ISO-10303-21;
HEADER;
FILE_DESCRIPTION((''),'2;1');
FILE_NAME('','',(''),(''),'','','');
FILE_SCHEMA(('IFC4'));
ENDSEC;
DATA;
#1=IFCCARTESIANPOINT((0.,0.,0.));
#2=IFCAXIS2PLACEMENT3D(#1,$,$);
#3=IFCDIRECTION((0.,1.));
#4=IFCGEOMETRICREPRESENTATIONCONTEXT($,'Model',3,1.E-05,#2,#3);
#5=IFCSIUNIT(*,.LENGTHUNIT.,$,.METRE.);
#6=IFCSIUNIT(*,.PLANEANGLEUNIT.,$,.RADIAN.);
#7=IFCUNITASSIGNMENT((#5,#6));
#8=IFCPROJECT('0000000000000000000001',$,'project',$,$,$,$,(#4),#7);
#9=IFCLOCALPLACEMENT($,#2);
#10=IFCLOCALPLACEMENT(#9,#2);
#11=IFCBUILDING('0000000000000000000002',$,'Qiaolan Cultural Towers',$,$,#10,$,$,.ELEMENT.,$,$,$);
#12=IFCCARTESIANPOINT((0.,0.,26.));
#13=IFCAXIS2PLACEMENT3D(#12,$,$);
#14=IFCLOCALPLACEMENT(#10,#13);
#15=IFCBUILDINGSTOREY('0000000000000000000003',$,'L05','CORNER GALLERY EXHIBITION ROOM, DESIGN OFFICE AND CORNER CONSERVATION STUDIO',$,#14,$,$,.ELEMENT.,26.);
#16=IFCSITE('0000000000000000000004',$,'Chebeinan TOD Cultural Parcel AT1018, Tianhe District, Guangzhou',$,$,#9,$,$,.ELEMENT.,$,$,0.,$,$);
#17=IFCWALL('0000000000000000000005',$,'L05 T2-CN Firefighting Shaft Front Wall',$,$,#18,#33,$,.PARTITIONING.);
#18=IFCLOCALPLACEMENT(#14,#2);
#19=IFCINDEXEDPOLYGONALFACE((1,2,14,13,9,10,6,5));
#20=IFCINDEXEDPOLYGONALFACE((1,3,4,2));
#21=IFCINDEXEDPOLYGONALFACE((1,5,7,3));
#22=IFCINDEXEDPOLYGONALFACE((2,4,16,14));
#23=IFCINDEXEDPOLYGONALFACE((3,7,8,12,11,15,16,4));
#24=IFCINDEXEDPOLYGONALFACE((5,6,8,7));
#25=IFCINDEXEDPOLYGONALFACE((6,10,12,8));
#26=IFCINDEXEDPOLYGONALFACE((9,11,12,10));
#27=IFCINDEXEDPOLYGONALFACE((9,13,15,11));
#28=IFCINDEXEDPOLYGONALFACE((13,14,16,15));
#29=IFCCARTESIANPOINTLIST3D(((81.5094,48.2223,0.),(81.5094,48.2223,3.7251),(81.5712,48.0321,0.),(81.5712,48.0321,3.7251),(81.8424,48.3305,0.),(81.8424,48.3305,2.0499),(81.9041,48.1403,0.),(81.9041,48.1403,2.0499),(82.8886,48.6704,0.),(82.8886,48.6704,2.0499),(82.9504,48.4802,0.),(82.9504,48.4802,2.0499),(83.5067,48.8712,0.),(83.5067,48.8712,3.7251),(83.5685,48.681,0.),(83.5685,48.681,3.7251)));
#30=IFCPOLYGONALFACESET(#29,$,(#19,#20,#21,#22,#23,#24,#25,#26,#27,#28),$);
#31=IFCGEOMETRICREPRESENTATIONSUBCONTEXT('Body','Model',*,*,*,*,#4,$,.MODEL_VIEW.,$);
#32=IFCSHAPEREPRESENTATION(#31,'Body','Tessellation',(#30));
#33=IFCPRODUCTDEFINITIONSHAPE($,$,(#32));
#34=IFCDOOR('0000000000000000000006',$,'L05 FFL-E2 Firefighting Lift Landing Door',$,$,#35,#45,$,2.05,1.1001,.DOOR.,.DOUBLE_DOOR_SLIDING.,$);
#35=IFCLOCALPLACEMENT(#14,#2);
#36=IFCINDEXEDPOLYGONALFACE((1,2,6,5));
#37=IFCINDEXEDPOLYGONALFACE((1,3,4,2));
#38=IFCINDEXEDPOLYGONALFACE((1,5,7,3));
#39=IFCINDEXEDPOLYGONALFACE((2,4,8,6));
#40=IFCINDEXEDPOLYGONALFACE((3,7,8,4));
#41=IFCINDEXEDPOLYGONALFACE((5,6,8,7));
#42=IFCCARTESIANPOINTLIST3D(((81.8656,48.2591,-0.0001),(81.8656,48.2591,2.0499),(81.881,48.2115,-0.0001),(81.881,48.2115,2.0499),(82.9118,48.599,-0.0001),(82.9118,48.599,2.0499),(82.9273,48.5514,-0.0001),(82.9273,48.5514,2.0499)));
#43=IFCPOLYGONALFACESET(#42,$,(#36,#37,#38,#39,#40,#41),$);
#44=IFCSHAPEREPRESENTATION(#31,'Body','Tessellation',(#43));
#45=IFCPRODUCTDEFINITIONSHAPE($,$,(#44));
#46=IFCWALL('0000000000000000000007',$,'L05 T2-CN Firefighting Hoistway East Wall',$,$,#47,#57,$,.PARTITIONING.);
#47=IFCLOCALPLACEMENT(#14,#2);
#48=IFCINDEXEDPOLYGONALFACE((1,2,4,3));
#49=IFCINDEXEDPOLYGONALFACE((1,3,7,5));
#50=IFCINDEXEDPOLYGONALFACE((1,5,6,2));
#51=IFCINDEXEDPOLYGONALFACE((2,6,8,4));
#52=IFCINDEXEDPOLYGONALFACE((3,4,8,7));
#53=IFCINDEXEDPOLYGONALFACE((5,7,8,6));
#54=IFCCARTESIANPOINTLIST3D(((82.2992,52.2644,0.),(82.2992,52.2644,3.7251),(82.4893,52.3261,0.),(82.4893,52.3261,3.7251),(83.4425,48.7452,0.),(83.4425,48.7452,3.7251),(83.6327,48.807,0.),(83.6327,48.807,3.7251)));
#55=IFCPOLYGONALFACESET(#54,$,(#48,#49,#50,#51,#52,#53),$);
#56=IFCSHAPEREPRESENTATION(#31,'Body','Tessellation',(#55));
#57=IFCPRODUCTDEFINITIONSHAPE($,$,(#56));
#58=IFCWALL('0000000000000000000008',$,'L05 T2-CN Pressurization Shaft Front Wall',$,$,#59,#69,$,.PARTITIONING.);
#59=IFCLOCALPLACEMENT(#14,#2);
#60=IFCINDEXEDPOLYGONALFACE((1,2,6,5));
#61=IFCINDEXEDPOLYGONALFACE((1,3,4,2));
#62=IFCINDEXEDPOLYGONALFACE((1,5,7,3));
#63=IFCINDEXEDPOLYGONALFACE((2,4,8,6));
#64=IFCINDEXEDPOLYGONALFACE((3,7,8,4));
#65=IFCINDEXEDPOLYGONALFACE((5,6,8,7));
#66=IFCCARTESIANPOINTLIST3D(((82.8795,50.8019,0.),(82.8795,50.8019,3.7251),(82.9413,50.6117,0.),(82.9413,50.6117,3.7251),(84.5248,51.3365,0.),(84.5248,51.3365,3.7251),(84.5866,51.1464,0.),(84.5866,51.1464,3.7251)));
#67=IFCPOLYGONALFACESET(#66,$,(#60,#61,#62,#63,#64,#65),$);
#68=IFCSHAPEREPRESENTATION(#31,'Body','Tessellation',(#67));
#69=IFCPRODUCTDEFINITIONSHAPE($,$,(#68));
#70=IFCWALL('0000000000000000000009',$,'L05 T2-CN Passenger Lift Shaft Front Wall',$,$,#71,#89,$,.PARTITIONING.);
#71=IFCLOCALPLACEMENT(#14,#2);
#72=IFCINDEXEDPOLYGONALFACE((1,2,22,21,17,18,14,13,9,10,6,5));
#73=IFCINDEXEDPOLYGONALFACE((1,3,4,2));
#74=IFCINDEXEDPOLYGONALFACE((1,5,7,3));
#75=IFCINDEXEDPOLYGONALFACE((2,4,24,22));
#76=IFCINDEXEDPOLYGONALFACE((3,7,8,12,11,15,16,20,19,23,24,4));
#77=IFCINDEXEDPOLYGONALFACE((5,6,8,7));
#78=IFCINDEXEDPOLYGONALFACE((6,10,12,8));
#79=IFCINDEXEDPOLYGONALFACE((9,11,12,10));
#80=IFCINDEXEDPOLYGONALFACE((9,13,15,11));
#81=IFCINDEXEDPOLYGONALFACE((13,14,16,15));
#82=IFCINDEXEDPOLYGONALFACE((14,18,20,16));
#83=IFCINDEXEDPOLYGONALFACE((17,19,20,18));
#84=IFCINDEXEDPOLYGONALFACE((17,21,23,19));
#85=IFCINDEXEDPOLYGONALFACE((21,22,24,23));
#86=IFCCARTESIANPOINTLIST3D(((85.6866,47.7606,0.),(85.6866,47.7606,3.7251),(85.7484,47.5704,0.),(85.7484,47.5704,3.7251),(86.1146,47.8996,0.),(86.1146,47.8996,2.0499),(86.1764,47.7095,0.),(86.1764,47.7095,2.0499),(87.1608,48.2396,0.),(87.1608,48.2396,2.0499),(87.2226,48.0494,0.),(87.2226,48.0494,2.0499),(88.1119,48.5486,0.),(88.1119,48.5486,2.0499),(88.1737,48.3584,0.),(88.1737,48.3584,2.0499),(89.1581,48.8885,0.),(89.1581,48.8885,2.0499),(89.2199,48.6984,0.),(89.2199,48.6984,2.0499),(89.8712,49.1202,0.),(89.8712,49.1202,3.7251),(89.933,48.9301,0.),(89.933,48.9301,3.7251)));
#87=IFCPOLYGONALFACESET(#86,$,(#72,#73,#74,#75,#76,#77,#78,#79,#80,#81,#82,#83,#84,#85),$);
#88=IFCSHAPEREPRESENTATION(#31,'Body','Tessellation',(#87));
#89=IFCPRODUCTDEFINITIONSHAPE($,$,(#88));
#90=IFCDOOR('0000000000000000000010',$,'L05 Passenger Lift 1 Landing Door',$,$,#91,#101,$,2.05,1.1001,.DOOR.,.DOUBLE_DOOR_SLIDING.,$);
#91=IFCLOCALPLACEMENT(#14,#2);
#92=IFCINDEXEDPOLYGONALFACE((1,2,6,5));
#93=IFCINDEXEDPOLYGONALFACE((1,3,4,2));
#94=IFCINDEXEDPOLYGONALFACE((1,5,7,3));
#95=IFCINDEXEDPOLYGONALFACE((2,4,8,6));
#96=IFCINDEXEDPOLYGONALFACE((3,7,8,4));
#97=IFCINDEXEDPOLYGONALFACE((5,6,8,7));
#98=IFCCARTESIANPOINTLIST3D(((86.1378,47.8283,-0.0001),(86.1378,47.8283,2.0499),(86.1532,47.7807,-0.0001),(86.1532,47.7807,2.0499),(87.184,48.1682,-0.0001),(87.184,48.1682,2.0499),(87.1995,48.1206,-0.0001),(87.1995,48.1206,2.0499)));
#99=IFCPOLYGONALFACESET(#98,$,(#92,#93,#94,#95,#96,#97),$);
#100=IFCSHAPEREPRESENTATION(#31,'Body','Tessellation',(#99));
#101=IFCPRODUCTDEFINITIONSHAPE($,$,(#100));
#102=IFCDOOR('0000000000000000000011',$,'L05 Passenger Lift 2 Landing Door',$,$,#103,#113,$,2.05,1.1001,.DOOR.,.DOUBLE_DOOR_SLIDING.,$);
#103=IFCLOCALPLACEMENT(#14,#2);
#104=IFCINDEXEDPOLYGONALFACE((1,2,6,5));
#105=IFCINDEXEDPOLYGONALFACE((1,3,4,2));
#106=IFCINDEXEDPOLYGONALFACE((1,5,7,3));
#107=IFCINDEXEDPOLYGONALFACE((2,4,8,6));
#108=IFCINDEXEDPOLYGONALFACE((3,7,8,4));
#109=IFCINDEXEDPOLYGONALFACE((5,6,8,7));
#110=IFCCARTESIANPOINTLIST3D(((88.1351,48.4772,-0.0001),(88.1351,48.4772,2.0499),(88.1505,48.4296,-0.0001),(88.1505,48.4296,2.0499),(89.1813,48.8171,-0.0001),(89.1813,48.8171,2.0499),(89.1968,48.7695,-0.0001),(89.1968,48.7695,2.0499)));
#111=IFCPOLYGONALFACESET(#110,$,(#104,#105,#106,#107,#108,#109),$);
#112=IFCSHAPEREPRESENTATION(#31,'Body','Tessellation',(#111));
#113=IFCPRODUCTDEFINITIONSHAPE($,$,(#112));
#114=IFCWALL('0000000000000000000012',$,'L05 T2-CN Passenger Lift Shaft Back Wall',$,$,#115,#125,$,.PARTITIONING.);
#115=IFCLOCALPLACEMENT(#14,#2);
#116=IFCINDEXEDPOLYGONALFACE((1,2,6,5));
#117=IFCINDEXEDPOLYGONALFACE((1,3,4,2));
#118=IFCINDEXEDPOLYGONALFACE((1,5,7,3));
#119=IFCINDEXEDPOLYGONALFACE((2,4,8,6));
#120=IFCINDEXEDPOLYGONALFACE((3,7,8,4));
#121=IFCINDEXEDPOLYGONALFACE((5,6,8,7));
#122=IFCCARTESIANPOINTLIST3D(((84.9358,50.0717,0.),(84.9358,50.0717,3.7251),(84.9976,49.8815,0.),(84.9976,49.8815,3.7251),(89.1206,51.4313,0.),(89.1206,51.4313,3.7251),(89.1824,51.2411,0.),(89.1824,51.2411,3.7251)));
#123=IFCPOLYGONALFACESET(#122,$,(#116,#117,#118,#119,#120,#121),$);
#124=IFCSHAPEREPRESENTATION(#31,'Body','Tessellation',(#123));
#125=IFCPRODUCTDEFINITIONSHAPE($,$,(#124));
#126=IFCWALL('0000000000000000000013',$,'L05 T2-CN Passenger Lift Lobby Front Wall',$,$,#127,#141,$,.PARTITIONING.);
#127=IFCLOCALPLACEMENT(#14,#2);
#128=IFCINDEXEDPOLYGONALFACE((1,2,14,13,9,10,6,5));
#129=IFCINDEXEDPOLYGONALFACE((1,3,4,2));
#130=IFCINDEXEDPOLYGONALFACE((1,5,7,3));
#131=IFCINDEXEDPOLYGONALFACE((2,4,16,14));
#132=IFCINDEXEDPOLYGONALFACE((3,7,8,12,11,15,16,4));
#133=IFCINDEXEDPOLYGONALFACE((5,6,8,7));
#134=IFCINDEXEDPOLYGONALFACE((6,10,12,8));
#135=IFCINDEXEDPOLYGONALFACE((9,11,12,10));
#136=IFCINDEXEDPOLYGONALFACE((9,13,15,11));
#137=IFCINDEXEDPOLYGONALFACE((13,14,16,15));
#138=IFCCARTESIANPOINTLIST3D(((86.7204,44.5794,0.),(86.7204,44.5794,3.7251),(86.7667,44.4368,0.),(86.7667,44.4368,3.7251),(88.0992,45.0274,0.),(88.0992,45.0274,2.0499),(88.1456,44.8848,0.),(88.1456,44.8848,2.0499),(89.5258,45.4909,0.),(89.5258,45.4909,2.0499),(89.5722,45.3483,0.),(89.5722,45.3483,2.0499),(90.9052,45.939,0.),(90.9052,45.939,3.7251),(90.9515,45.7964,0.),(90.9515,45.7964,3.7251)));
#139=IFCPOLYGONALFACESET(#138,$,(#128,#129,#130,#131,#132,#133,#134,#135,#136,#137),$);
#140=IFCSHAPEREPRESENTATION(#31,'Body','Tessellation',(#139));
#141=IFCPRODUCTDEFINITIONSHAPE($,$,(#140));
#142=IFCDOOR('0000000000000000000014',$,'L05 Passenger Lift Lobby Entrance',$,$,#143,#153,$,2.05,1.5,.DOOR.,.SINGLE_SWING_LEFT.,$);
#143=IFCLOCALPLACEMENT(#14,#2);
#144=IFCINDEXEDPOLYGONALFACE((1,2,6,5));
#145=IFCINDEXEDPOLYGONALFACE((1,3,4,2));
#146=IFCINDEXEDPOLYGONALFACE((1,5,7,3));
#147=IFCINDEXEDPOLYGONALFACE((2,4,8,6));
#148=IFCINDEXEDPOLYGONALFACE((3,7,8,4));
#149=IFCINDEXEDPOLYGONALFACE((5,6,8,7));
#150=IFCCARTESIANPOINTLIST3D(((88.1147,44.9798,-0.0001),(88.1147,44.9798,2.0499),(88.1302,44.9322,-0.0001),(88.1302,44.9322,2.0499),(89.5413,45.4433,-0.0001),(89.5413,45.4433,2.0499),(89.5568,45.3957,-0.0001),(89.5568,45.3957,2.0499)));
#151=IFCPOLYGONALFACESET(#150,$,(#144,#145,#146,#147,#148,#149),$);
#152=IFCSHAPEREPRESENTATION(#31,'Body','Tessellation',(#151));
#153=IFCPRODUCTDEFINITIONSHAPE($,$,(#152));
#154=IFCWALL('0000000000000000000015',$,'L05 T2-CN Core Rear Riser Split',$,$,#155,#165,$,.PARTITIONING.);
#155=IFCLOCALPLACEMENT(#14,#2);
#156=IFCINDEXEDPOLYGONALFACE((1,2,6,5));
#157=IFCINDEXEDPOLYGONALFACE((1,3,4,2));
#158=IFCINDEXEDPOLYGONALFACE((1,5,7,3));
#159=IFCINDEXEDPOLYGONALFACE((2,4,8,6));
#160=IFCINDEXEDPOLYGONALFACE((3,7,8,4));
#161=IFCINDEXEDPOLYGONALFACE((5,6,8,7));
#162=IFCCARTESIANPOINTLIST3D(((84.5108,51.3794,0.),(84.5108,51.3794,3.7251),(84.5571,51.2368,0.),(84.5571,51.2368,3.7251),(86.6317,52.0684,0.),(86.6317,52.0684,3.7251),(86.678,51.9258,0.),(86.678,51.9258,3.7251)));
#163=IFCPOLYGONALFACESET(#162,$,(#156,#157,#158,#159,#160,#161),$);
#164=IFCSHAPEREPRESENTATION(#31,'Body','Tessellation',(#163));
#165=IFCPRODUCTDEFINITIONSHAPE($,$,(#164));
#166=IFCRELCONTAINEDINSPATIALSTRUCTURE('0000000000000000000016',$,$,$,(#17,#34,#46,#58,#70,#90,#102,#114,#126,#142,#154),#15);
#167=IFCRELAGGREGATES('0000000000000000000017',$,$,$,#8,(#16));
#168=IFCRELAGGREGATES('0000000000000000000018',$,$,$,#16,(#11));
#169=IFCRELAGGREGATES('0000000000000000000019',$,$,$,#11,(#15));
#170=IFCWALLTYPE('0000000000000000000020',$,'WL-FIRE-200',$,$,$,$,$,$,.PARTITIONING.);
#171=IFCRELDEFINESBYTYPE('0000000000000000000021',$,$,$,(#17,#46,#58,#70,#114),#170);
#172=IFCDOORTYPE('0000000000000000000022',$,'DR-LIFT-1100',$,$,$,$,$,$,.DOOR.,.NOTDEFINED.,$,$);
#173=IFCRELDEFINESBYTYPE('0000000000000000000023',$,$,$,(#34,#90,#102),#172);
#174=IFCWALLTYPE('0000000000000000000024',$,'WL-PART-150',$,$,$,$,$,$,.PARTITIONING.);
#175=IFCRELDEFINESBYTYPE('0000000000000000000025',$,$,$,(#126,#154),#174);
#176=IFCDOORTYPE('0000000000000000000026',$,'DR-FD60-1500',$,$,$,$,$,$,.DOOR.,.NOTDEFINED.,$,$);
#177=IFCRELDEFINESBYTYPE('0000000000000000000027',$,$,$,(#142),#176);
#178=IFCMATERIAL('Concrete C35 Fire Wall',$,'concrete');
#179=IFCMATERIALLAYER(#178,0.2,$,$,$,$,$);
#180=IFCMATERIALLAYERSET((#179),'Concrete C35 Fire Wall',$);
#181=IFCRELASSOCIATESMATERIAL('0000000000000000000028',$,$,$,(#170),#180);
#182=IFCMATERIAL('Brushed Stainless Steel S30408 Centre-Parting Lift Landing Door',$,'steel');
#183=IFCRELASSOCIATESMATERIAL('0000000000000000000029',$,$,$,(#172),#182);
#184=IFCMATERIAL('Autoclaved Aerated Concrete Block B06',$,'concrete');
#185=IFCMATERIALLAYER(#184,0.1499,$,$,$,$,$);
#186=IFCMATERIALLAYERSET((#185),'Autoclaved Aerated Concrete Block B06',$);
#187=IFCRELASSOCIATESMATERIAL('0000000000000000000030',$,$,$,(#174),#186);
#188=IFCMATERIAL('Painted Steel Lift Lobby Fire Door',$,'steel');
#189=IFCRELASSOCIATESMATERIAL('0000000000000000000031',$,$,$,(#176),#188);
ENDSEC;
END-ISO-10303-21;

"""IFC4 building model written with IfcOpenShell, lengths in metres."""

from ifc_helpers import new_model, si_unit, direction, frame, frame_2d, origin, place, context, subcontext, project, spatial, rectangle, extrude, material, layer, layer_set, type_object, element, fill, save


model = new_model("IFC4")

# Units and contexts
model_context = context("Model", 3, precision=1e-05, world=origin(), true_north=direction((0.0, 1.0)))
body_context = subcontext(model_context, "Body", "Model", "MODEL_VIEW")
ifc_project = project(units=[si_unit("LENGTHUNIT", "METRE"), si_unit("PLANEANGLEUNIT", "RADIAN")], contexts=[model_context])

# Site, building, storey
site_placement = place(None, origin())
site = spatial("IfcSite", under=ifc_project, at=site_placement, Name="Chebeinan TOD Cultural Parcel AT1018, Tianhe District, Guangzhou", CompositionType="ELEMENT", RefElevation=0.0)
building_placement = place(site_placement, origin())
building = spatial("IfcBuilding", under=site, at=building_placement, Name="Qiaolan Cultural Towers", CompositionType="ELEMENT")
storey_placement = place(building_placement, frame((0.0, 0.0, 26.0)))
storey = spatial("IfcBuildingStorey", under=building, at=storey_placement, Name="L05", Description="CORNER GALLERY EXHIBITION ROOM, DESIGN OFFICE AND CORNER CONSERVATION STUDIO", CompositionType="ELEMENT", Elevation=26.0)

# Shared definitions
ifc_material_1 = material(Name="Concrete C35 Fire Wall", Category="concrete")
ifc_layer_1 = layer(ifc_material_1, 0.2)
ifc_layer_set_1 = layer_set([ifc_layer_1], Name="Concrete C35 Fire Wall")
wall_type_1 = type_object("IfcWallType", Name="WL-FIRE-200", PredefinedType="PARTITIONING", material=ifc_layer_set_1)

# Wall, opening, door
wall_1_placement = place(storey_placement, frame((81.5403, 48.1272, 0.0), z_axis=(0.0, 0.0, 1.0), x_axis=(0.951062, 0.308999, 0.0)))
wall_1 = element("IfcWall", 1, at=wall_1_placement, inside=storey, type_object=wall_type_1, Name="L05 T2-CN Firefighting Shaft Front Wall", PredefinedType="PARTITIONING", context=body_context, shape_type="SweptSolid", body=[
    extrude(rectangle(XDim=2.1001, YDim=0.2, at=frame_2d((1.05, 0.0))), origin(), (0.0, 0.0, 1.0), 3.7251),
])
opening_1_placement = place(wall_1_placement, frame((0.3501, 0.0, 0.0)))
opening_1 = element("IfcOpeningElement", 2, at=opening_1_placement, cuts=wall_1, PredefinedType="OPENING", context=body_context, shape_type="SweptSolid", body=[
    extrude(rectangle(XDim=1.1001, YDim=2.05, at=frame_2d((0.55, 1.0249))), frame((0.0, 0.1099, 0.0), z_axis=(0.0, -1.0, 0.0), x_axis=(1.0, 0.0, 0.0)), (0.0, 0.0, 1.0), 0.22),
])
ifc_material_2 = material(Name="Brushed Stainless Steel S30408 Centre-Parting Lift Landing Door", Category="steel")
door_type_1 = type_object("IfcDoorType", Name="DR-LIFT-1100", OperationType="NOTDEFINED", PredefinedType="DOOR", material=ifc_material_2)
door_1_placement = place(opening_1_placement, origin())
door_1 = element("IfcDoor", 3, at=door_1_placement, inside=storey, type_object=door_type_1, Name="L05 FFL-E2 Firefighting Lift Landing Door", OperationType="DOUBLE_DOOR_SLIDING", OverallHeight=2.05, OverallWidth=1.1001, PredefinedType="DOOR", context=body_context, shape_type="SweptSolid", body=[
    extrude(rectangle(XDim=1.1001, YDim=2.05, at=frame_2d((0.55, 1.0249))), frame((0.0, 0.0249, 0.0), z_axis=(0.0, -1.0, 0.0), x_axis=(1.0, 0.0, 0.0)), (0.0, 0.0, 1.0), 0.05),
])
fill(opening_1, door_1)

# Walls
wall_2_placement = place(storey_placement, frame((83.5376, 48.7761, 0.0), z_axis=(0.0, 0.0, 1.0), x_axis=(-0.308994, 0.951064, 0.0)))
element("IfcWall", 4, at=wall_2_placement, inside=storey, type_object=wall_type_1, Name="L05 T2-CN Firefighting Hoistway East Wall", PredefinedType="PARTITIONING", context=body_context, shape_type="SweptSolid", body=[
    extrude(rectangle(XDim=3.7002, YDim=0.2, at=frame_2d((1.8501, 0.0))), origin(), (0.0, 0.0, 1.0), 3.7251),
])
wall_3_placement = place(storey_placement, frame((82.9104, 50.7068, 0.0), z_axis=(0.0, 0.0, 1.0), x_axis=(0.951041, 0.309064, 0.0)))
element("IfcWall", 5, at=wall_3_placement, inside=storey, type_object=wall_type_1, Name="L05 T2-CN Pressurization Shaft Front Wall", PredefinedType="PARTITIONING", context=body_context, shape_type="SweptSolid", body=[
    extrude(rectangle(XDim=1.73, YDim=0.2, at=frame_2d((0.865, 0.0))), origin(), (0.0, 0.0, 1.0), 3.7251),
])

# Wall, openings, doors
wall_4_placement = place(storey_placement, frame((85.7175, 47.6655, 0.0), z_axis=(0.0, 0.0, 1.0), x_axis=(0.951059, 0.309011, 0.0)))
wall_4 = element("IfcWall", 6, at=wall_4_placement, inside=storey, type_object=wall_type_1, Name="L05 T2-CN Passenger Lift Shaft Front Wall", PredefinedType="PARTITIONING", context=body_context, shape_type="SweptSolid", body=[
    extrude(rectangle(XDim=4.3999, YDim=0.2, at=frame_2d((2.2, 0.0))), origin(), (0.0, 0.0, 1.0), 3.7251),
])
opening_2_placement = place(wall_4_placement, frame((0.45, 0.0, 0.0)))
opening_2 = element("IfcOpeningElement", 7, at=opening_2_placement, cuts=wall_4, PredefinedType="OPENING", context=body_context, shape_type="SweptSolid", body=[
    extrude(rectangle(XDim=1.1001, YDim=2.05, at=frame_2d((0.55, 1.0249))), frame((0.0, 0.1099, 0.0), z_axis=(0.0, -1.0, 0.0), x_axis=(1.0, 0.0, 0.0)), (0.0, 0.0, 1.0), 0.22),
])
opening_3_placement = place(wall_4_placement, frame((2.55, 0.0, 0.0)))
opening_3 = element("IfcOpeningElement", 8, at=opening_3_placement, cuts=wall_4, PredefinedType="OPENING", context=body_context, shape_type="SweptSolid", body=[
    extrude(rectangle(XDim=1.1001, YDim=2.05, at=frame_2d((0.55, 1.0249))), frame((0.0, 0.1099, 0.0), z_axis=(0.0, -1.0, 0.0), x_axis=(1.0, 0.0, 0.0)), (0.0, 0.0, 1.0), 0.22),
])
door_2_placement = place(opening_2_placement, origin())
door_2 = element("IfcDoor", 9, at=door_2_placement, inside=storey, type_object=door_type_1, Name="L05 Passenger Lift 1 Landing Door", OperationType="DOUBLE_DOOR_SLIDING", OverallHeight=2.05, OverallWidth=1.1001, PredefinedType="DOOR", context=body_context, shape_type="SweptSolid", body=[
    extrude(rectangle(XDim=1.1001, YDim=2.05, at=frame_2d((0.55, 1.0249))), frame((0.0, 0.0249, 0.0), z_axis=(0.0, -1.0, 0.0), x_axis=(1.0, 0.0, 0.0)), (0.0, 0.0, 1.0), 0.05),
])
fill(opening_2, door_2)
door_3_placement = place(opening_3_placement, origin())
door_3 = element("IfcDoor", 10, at=door_3_placement, inside=storey, type_object=door_type_1, Name="L05 Passenger Lift 2 Landing Door", OperationType="DOUBLE_DOOR_SLIDING", OverallHeight=2.05, OverallWidth=1.1001, PredefinedType="DOOR", context=body_context, shape_type="SweptSolid", body=[
    extrude(rectangle(XDim=1.1001, YDim=2.05, at=frame_2d((0.55, 1.0249))), frame((0.0, 0.0249, 0.0), z_axis=(0.0, -1.0, 0.0), x_axis=(1.0, 0.0, 0.0)), (0.0, 0.0, 1.0), 0.05),
])
fill(opening_3, door_3)

# Wall
wall_5_placement = place(storey_placement, frame((84.9666, 49.9766, 0.0), z_axis=(0.0, 0.0, 1.0), x_axis=(0.951064, 0.308994, 0.0)))
element("IfcWall", 11, at=wall_5_placement, inside=storey, type_object=wall_type_1, Name="L05 T2-CN Passenger Lift Shaft Back Wall", PredefinedType="PARTITIONING", context=body_context, shape_type="SweptSolid", body=[
    extrude(rectangle(XDim=4.4001, YDim=0.2, at=frame_2d((2.2002, 0.0))), origin(), (0.0, 0.0, 1.0), 3.7251),
])

# Wall, opening, door
ifc_material_3 = material(Name="Autoclaved Aerated Concrete Block B06", Category="concrete")
ifc_layer_2 = layer(ifc_material_3, 0.1499)
ifc_layer_set_2 = layer_set([ifc_layer_2], Name="Autoclaved Aerated Concrete Block B06")
wall_type_2 = type_object("IfcWallType", Name="WL-PART-150", PredefinedType="PARTITIONING", material=ifc_layer_set_2)
wall_6_placement = place(storey_placement, frame((86.7434, 44.5081, 0.0), z_axis=(0.0, 0.0, 1.0), x_axis=(0.951064, 0.308994, 0.0)))
wall_6 = element("IfcWall", 12, at=wall_6_placement, inside=storey, type_object=wall_type_2, Name="L05 T2-CN Passenger Lift Lobby Front Wall", PredefinedType="PARTITIONING", context=body_context, shape_type="SweptSolid", body=[
    extrude(rectangle(XDim=4.4001, YDim=0.1499, at=frame_2d((2.2002, 0.0))), origin(), (0.0, 0.0, 1.0), 3.7251),
])
opening_4_placement = place(wall_6_placement, frame((1.45, 0.0, 0.0)))
opening_4 = element("IfcOpeningElement", 13, at=opening_4_placement, cuts=wall_6, PredefinedType="OPENING", context=body_context, shape_type="SweptSolid", body=[
    extrude(rectangle(XDim=1.5, YDim=2.05, at=frame_2d((0.75, 1.0249))), frame((0.0, 0.085, 0.0), z_axis=(0.0, -1.0, 0.0), x_axis=(1.0, 0.0, 0.0)), (0.0, 0.0, 1.0), 0.1699),
])
ifc_material_4 = material(Name="Painted Steel Lift Lobby Fire Door", Category="steel")
door_type_2 = type_object("IfcDoorType", Name="DR-FD60-1500", OperationType="NOTDEFINED", PredefinedType="DOOR", material=ifc_material_4)
door_4_placement = place(opening_4_placement, origin())
door_4 = element("IfcDoor", 14, at=door_4_placement, inside=storey, type_object=door_type_2, Name="L05 Passenger Lift Lobby Entrance", OperationType="SINGLE_SWING_LEFT", OverallHeight=2.05, OverallWidth=1.5, PredefinedType="DOOR", context=body_context, shape_type="SweptSolid", body=[
    extrude(rectangle(XDim=1.5, YDim=2.05, at=frame_2d((0.75, 1.0249))), frame((0.0, 0.0249, 0.0), z_axis=(0.0, -1.0, 0.0), x_axis=(1.0, 0.0, 0.0)), (0.0, 0.0, 1.0), 0.05),
])
fill(opening_4, door_4)

# Wall
wall_7_placement = place(storey_placement, frame((84.5339, 51.3081, 0.0), z_axis=(0.0, 0.0, 1.0), x_axis=(0.951075, 0.30896, 0.0)))
element("IfcWall", 15, at=wall_7_placement, inside=storey, type_object=wall_type_2, Name="L05 T2-CN Core Rear Riser Split", PredefinedType="PARTITIONING", context=body_context, shape_type="SweptSolid", body=[
    extrude(rectangle(XDim=2.23, YDim=0.1499, at=frame_2d((1.115, 0.0))), origin(), (0.0, 0.0, 1.0), 3.7251),
])

save(model, "model.ifc")
